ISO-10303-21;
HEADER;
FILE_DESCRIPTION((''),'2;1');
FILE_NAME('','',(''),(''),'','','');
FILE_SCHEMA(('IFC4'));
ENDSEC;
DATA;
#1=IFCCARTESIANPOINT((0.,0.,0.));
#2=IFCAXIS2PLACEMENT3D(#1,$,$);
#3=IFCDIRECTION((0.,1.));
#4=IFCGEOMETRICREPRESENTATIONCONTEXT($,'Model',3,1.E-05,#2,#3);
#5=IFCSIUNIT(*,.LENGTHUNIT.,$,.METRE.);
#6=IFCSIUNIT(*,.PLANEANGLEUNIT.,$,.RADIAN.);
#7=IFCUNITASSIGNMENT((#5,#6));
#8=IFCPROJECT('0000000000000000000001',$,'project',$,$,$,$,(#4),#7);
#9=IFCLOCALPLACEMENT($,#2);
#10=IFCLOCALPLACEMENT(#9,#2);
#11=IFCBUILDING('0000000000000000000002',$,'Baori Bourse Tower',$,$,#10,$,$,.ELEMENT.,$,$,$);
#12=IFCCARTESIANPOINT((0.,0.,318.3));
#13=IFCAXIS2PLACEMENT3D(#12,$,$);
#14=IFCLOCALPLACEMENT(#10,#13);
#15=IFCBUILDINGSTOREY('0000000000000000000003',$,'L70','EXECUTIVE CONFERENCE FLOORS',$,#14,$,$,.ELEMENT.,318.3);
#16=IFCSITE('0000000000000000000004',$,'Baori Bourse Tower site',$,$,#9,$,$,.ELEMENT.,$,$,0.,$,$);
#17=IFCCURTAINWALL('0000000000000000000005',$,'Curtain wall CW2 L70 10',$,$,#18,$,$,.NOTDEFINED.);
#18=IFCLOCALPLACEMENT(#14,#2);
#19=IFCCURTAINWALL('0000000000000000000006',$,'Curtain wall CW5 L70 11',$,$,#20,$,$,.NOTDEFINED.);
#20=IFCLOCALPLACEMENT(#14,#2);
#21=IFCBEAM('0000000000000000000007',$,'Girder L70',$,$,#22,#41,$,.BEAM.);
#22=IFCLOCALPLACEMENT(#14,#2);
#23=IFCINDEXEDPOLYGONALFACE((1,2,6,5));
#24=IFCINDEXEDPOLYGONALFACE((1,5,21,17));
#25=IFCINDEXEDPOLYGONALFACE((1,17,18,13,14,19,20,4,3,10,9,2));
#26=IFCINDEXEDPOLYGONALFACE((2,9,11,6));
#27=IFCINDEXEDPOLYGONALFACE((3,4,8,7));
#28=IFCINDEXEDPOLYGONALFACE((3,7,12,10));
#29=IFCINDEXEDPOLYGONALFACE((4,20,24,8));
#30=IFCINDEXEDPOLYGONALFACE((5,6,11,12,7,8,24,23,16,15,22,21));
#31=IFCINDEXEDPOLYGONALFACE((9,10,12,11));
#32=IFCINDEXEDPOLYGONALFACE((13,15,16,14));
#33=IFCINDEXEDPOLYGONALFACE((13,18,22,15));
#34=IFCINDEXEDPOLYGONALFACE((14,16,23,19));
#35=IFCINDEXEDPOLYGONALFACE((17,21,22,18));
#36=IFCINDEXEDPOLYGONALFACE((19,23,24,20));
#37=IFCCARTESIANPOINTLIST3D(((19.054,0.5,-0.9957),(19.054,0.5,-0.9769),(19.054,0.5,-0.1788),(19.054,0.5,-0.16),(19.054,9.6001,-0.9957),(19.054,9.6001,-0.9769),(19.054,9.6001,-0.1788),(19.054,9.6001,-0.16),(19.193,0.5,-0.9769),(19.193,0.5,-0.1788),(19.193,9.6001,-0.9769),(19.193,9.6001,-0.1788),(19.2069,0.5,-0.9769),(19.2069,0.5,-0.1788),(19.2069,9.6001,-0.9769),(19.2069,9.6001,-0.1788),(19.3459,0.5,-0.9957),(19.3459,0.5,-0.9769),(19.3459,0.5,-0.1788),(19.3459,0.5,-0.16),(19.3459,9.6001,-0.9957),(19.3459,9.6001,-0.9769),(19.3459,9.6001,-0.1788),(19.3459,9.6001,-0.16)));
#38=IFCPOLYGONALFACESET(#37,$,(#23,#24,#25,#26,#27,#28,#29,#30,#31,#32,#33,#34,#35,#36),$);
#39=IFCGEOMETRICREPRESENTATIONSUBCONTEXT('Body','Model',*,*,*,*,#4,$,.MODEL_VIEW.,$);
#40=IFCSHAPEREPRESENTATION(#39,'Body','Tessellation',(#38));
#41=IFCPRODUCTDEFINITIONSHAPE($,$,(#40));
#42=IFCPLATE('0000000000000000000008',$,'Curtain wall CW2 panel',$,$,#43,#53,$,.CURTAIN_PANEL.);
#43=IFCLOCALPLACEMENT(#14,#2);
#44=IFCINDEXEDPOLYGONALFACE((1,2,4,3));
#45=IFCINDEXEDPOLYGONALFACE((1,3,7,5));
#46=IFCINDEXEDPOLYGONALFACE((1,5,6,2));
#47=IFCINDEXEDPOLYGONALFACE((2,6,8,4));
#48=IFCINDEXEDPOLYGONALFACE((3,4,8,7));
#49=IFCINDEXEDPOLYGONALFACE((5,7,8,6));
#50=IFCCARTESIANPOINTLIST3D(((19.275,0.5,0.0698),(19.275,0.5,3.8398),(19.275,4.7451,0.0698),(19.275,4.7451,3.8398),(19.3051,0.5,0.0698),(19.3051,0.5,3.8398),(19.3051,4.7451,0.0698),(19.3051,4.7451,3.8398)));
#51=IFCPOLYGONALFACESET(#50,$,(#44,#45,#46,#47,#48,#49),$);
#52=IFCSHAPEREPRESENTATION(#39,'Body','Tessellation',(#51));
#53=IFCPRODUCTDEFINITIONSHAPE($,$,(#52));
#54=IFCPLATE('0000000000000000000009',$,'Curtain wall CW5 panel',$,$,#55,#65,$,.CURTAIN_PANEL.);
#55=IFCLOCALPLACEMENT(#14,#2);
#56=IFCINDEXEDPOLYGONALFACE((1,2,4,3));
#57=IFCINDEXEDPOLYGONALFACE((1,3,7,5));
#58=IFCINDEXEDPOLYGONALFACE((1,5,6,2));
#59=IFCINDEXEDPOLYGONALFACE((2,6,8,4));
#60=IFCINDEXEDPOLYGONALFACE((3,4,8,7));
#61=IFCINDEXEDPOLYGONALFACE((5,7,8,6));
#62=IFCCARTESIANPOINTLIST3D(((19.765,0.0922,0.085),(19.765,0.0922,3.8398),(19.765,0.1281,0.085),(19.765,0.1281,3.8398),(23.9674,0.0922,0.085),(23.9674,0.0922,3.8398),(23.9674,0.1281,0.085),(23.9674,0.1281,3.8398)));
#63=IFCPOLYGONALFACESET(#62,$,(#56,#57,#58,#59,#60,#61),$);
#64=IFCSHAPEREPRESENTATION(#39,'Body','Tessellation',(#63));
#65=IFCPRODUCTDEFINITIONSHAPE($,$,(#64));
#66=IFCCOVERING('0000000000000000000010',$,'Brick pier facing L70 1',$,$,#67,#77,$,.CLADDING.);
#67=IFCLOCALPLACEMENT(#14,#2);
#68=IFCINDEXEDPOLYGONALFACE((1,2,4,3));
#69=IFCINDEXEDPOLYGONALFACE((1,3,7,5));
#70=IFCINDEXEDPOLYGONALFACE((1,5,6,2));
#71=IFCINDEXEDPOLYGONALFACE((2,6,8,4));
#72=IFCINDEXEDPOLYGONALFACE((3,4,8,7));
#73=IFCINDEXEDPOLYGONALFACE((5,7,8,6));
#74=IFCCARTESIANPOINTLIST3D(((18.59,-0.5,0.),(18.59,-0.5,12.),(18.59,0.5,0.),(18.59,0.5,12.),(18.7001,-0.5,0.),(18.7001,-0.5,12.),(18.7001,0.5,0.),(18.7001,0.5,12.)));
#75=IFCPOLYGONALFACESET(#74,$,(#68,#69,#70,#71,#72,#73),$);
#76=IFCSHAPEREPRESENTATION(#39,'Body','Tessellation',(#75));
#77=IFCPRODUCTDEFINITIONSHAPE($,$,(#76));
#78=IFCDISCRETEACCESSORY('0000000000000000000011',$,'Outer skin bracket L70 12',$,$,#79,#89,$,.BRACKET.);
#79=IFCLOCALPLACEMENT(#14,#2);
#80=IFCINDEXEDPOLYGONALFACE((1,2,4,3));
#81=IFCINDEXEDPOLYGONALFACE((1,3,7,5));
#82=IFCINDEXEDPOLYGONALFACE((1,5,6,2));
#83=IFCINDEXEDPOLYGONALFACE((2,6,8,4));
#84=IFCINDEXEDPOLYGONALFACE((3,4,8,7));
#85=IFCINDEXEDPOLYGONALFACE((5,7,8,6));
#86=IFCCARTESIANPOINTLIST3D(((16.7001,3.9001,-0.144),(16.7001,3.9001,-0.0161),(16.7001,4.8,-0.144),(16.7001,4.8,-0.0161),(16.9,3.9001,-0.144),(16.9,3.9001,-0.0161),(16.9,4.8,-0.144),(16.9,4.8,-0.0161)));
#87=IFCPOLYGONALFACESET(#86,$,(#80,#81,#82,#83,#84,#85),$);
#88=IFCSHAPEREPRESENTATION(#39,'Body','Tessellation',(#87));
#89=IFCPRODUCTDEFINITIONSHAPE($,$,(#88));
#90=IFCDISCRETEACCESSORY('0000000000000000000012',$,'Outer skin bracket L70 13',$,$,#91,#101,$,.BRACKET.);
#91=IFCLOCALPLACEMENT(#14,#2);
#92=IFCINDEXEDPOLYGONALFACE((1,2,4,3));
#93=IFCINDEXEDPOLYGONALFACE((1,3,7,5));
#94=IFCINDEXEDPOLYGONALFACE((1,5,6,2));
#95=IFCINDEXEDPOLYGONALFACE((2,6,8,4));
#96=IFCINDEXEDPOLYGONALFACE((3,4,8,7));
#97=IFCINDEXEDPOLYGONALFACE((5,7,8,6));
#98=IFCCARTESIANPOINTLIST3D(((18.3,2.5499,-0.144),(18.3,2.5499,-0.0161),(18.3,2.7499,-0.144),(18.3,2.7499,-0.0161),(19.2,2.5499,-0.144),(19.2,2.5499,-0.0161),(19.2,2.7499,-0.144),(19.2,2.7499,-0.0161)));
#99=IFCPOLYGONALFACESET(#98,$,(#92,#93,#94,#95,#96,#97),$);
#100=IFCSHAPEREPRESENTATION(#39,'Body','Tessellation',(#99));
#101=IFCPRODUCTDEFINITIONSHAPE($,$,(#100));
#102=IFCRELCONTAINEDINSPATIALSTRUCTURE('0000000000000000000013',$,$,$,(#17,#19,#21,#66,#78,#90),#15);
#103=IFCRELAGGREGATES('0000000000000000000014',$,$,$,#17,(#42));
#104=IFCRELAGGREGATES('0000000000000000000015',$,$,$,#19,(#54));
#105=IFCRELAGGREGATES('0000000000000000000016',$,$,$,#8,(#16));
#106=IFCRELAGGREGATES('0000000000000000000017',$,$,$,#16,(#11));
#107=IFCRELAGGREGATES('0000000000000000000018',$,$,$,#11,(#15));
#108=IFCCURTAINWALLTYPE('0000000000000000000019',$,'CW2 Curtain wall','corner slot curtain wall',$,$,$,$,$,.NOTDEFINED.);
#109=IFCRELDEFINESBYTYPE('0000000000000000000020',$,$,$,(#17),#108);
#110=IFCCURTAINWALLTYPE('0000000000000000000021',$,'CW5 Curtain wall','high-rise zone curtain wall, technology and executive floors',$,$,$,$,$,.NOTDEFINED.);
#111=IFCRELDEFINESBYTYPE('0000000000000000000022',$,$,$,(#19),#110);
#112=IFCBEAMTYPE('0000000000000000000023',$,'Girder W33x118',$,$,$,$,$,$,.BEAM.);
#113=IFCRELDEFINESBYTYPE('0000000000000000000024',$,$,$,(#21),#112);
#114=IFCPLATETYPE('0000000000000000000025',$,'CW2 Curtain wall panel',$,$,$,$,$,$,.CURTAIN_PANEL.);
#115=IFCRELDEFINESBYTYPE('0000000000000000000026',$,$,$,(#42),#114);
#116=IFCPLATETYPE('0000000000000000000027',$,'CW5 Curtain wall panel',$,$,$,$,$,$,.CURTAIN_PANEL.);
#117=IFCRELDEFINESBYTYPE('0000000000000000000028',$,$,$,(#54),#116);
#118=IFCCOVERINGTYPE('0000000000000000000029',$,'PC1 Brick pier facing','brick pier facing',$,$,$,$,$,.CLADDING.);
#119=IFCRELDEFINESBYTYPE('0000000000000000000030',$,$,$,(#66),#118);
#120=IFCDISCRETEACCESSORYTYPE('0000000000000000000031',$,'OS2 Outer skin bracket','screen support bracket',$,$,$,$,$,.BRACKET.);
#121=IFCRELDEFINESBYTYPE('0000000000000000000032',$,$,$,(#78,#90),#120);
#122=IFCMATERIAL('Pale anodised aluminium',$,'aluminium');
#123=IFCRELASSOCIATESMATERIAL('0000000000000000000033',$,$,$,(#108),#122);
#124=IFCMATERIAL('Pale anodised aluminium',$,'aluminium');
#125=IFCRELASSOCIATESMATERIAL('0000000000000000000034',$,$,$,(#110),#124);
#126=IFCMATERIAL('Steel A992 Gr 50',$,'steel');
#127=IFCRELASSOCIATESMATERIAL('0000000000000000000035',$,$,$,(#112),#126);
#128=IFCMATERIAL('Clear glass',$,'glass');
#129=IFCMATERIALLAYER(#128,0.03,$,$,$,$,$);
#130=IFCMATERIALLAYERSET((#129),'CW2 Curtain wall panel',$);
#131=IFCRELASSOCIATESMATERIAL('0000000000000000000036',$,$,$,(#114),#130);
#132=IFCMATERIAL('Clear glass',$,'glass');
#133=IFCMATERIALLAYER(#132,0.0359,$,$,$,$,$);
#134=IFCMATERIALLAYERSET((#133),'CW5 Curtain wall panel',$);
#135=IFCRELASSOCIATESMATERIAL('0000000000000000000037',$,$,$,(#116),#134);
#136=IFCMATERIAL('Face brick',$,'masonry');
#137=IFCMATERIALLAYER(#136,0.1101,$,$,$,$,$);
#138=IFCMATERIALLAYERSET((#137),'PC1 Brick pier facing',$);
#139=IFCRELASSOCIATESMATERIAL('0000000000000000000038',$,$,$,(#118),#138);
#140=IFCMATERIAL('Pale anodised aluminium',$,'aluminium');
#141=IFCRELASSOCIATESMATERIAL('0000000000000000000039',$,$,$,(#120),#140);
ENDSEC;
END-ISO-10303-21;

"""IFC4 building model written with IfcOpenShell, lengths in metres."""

from ifc_helpers import new_model, si_unit, direction, frame, origin, origin_2d, place, context, subcontext, project, spatial, rectangle, i_section, extrude, material, layer, layer_set, material_profile, profile_set, type_object, element, aggregate, save


model = new_model("IFC4")

# Units and contexts
model_context = context("Model", 3, precision=1e-05, world=origin(), true_north=direction((0.0, 1.0)))
body_context = subcontext(model_context, "Body", "Model", "MODEL_VIEW")
ifc_project = project(units=[si_unit("LENGTHUNIT", "METRE"), si_unit("PLANEANGLEUNIT", "RADIAN")], contexts=[model_context])

# Site, building, storey
site_placement = place(None, origin())
site = spatial("IfcSite", under=ifc_project, at=site_placement, Name="Baori Bourse Tower site", CompositionType="ELEMENT", RefElevation=0.0)
building_placement = place(site_placement, origin())
building = spatial("IfcBuilding", under=site, at=building_placement, Name="Baori Bourse Tower", CompositionType="ELEMENT")
storey_placement = place(building_placement, frame((0.0, 0.0, 318.3)))
storey = spatial("IfcBuildingStorey", under=building, at=storey_placement, Name="L70", Description="EXECUTIVE CONFERENCE FLOORS", CompositionType="ELEMENT", Elevation=318.3)

# Curtain wall
ifc_material_1 = material(Name="Pale anodised aluminium", Category="aluminium")
curtain_wall_type_1 = type_object("IfcCurtainWallType", Name="CW2 Curtain wall", Description="corner slot curtain wall", PredefinedType="NOTDEFINED", material=ifc_material_1)
curtain_wall_1_placement = place(storey_placement, origin())
curtain_wall_1 = element("IfcCurtainWall", 1, at=curtain_wall_1_placement, inside=storey, type_object=curtain_wall_type_1, Name="Curtain wall CW2 L70 10", PredefinedType="NOTDEFINED")

# Curtain wall
ifc_material_2 = material(Name="Pale anodised aluminium", Category="aluminium")
curtain_wall_type_2 = type_object("IfcCurtainWallType", Name="CW5 Curtain wall", Description="high-rise zone curtain wall, technology and executive floors", PredefinedType="NOTDEFINED", material=ifc_material_2)
curtain_wall_2_placement = place(storey_placement, origin())
curtain_wall_2 = element("IfcCurtainWall", 2, at=curtain_wall_2_placement, inside=storey, type_object=curtain_wall_type_2, Name="Curtain wall CW5 L70 11", PredefinedType="NOTDEFINED")

# Beam
ifc_material_3 = material(Name="Steel A992 Gr 50", Category="steel")
ifc_material_profile_1 = material_profile(ifc_material_3, i_section(OverallWidth=0.292, OverallDepth=0.8357, WebThickness=0.0139, FlangeThickness=0.0188, at=origin_2d()), Name="W33x118")
ifc_profile_set_1 = profile_set([ifc_material_profile_1], Name="Steel A992 Gr 50")
beam_type_1 = type_object("IfcBeamType", Name="Girder W33x118", PredefinedType="BEAM", material=ifc_profile_set_1)
beam_1_placement = place(storey_placement, frame((19.2, 0.5, -0.5779), z_axis=(0.0, 1.0, 0.0), x_axis=(-1.0, 0.0, 0.0)))
element("IfcBeam", 3, at=beam_1_placement, inside=storey, type_object=beam_type_1, Name="Girder L70", PredefinedType="BEAM", context=body_context, shape_type="SweptSolid", body=[
    extrude(i_section(OverallWidth=0.292, OverallDepth=0.8357, WebThickness=0.0139, FlangeThickness=0.0188, at=origin_2d()), origin(), (0.0, 0.0, 1.0), 9.1001),
])

# Plates
ifc_material_4 = material(Name="Clear glass", Category="glass")
ifc_layer_1 = layer(ifc_material_4, 0.03)
ifc_layer_set_1 = layer_set([ifc_layer_1], Name="CW2 Curtain wall panel")
plate_type_1 = type_object("IfcPlateType", Name="CW2 Curtain wall panel", PredefinedType="CURTAIN_PANEL", material=ifc_layer_set_1)
plate_1_placement = place(storey_placement, frame((19.29, 2.6226, 0.0698), z_axis=(0.0, 0.0, 1.0), x_axis=(0.0, -1.0, 0.0)))
plate_1 = element("IfcPlate", 4, at=plate_1_placement, type_object=plate_type_1, Name="Curtain wall CW2 panel", PredefinedType="CURTAIN_PANEL", context=body_context, shape_type="SweptSolid", body=[
    extrude(rectangle(XDim=4.2451, YDim=0.03, at=origin_2d()), origin(), (0.0, 0.0, 1.0), 3.77),
])
aggregate(curtain_wall_1, [plate_1])
ifc_material_5 = material(Name="Clear glass", Category="glass")
ifc_layer_2 = layer(ifc_material_5, 0.0359)
ifc_layer_set_2 = layer_set([ifc_layer_2], Name="CW5 Curtain wall panel")
plate_type_2 = type_object("IfcPlateType", Name="CW5 Curtain wall panel", PredefinedType="CURTAIN_PANEL", material=ifc_layer_set_2)
plate_2_placement = place(storey_placement, frame((21.8662, 0.1101, 0.085), z_axis=(0.0, 0.0, 1.0), x_axis=(1.0, 0.0, 0.0)))
plate_2 = element("IfcPlate", 5, at=plate_2_placement, type_object=plate_type_2, Name="Curtain wall CW5 panel", PredefinedType="CURTAIN_PANEL", context=body_context, shape_type="SweptSolid", body=[
    extrude(rectangle(XDim=4.2024, YDim=0.0359, at=origin_2d()), origin(), (0.0, 0.0, 1.0), 3.7549),
])
aggregate(curtain_wall_2, [plate_2])

# Covering
ifc_material_6 = material(Name="Face brick", Category="masonry")
ifc_layer_3 = layer(ifc_material_6, 0.1101)
ifc_layer_set_3 = layer_set([ifc_layer_3], Name="PC1 Brick pier facing")
covering_type = type_object("IfcCoveringType", Name="PC1 Brick pier facing", Description="brick pier facing", PredefinedType="CLADDING", material=ifc_layer_set_3)
covering_placement = place(storey_placement, frame((18.645, 0.0, 0.0), z_axis=(0.0, 0.0, 1.0), x_axis=(1.0, 0.0, 0.0)))
element("IfcCovering", 6, at=covering_placement, inside=storey, type_object=covering_type, Name="Brick pier facing L70 1", PredefinedType="CLADDING", context=body_context, shape_type="SweptSolid", body=[
    extrude(rectangle(XDim=0.1101, YDim=1.0, at=origin_2d()), origin(), (0.0, 0.0, 1.0), 12.0),
])

# Discrete accessories
ifc_material_7 = material(Name="Pale anodised aluminium", Category="aluminium")
discrete_accessory_type = type_object("IfcDiscreteAccessoryType", Name="OS2 Outer skin bracket", Description="screen support bracket", PredefinedType="BRACKET", material=ifc_material_7)
for number, where, z_axis, x_axis, name in (
    (7, (16.8, 4.3501, -0.144), (0.0, 0.0, 1.0), (1.0, 0.0, 0.0), "Outer skin bracket L70 12"),
    (8, (18.75, 2.6499, -0.144), (0.0, 0.0, 1.0), (0.0, -1.0, 0.0), "Outer skin bracket L70 13"),
):
    element("IfcDiscreteAccessory", number, at=place(storey_placement, frame(where, z_axis=z_axis, x_axis=x_axis)), inside=storey, type_object=discrete_accessory_type, Name=name, PredefinedType="BRACKET", context=body_context, shape_type="SweptSolid", body=[
        extrude(rectangle(XDim=0.2, YDim=0.8999, at=origin_2d()), origin(), (0.0, 0.0, 1.0), 0.1279),
    ])

save(model, "model.ifc")
